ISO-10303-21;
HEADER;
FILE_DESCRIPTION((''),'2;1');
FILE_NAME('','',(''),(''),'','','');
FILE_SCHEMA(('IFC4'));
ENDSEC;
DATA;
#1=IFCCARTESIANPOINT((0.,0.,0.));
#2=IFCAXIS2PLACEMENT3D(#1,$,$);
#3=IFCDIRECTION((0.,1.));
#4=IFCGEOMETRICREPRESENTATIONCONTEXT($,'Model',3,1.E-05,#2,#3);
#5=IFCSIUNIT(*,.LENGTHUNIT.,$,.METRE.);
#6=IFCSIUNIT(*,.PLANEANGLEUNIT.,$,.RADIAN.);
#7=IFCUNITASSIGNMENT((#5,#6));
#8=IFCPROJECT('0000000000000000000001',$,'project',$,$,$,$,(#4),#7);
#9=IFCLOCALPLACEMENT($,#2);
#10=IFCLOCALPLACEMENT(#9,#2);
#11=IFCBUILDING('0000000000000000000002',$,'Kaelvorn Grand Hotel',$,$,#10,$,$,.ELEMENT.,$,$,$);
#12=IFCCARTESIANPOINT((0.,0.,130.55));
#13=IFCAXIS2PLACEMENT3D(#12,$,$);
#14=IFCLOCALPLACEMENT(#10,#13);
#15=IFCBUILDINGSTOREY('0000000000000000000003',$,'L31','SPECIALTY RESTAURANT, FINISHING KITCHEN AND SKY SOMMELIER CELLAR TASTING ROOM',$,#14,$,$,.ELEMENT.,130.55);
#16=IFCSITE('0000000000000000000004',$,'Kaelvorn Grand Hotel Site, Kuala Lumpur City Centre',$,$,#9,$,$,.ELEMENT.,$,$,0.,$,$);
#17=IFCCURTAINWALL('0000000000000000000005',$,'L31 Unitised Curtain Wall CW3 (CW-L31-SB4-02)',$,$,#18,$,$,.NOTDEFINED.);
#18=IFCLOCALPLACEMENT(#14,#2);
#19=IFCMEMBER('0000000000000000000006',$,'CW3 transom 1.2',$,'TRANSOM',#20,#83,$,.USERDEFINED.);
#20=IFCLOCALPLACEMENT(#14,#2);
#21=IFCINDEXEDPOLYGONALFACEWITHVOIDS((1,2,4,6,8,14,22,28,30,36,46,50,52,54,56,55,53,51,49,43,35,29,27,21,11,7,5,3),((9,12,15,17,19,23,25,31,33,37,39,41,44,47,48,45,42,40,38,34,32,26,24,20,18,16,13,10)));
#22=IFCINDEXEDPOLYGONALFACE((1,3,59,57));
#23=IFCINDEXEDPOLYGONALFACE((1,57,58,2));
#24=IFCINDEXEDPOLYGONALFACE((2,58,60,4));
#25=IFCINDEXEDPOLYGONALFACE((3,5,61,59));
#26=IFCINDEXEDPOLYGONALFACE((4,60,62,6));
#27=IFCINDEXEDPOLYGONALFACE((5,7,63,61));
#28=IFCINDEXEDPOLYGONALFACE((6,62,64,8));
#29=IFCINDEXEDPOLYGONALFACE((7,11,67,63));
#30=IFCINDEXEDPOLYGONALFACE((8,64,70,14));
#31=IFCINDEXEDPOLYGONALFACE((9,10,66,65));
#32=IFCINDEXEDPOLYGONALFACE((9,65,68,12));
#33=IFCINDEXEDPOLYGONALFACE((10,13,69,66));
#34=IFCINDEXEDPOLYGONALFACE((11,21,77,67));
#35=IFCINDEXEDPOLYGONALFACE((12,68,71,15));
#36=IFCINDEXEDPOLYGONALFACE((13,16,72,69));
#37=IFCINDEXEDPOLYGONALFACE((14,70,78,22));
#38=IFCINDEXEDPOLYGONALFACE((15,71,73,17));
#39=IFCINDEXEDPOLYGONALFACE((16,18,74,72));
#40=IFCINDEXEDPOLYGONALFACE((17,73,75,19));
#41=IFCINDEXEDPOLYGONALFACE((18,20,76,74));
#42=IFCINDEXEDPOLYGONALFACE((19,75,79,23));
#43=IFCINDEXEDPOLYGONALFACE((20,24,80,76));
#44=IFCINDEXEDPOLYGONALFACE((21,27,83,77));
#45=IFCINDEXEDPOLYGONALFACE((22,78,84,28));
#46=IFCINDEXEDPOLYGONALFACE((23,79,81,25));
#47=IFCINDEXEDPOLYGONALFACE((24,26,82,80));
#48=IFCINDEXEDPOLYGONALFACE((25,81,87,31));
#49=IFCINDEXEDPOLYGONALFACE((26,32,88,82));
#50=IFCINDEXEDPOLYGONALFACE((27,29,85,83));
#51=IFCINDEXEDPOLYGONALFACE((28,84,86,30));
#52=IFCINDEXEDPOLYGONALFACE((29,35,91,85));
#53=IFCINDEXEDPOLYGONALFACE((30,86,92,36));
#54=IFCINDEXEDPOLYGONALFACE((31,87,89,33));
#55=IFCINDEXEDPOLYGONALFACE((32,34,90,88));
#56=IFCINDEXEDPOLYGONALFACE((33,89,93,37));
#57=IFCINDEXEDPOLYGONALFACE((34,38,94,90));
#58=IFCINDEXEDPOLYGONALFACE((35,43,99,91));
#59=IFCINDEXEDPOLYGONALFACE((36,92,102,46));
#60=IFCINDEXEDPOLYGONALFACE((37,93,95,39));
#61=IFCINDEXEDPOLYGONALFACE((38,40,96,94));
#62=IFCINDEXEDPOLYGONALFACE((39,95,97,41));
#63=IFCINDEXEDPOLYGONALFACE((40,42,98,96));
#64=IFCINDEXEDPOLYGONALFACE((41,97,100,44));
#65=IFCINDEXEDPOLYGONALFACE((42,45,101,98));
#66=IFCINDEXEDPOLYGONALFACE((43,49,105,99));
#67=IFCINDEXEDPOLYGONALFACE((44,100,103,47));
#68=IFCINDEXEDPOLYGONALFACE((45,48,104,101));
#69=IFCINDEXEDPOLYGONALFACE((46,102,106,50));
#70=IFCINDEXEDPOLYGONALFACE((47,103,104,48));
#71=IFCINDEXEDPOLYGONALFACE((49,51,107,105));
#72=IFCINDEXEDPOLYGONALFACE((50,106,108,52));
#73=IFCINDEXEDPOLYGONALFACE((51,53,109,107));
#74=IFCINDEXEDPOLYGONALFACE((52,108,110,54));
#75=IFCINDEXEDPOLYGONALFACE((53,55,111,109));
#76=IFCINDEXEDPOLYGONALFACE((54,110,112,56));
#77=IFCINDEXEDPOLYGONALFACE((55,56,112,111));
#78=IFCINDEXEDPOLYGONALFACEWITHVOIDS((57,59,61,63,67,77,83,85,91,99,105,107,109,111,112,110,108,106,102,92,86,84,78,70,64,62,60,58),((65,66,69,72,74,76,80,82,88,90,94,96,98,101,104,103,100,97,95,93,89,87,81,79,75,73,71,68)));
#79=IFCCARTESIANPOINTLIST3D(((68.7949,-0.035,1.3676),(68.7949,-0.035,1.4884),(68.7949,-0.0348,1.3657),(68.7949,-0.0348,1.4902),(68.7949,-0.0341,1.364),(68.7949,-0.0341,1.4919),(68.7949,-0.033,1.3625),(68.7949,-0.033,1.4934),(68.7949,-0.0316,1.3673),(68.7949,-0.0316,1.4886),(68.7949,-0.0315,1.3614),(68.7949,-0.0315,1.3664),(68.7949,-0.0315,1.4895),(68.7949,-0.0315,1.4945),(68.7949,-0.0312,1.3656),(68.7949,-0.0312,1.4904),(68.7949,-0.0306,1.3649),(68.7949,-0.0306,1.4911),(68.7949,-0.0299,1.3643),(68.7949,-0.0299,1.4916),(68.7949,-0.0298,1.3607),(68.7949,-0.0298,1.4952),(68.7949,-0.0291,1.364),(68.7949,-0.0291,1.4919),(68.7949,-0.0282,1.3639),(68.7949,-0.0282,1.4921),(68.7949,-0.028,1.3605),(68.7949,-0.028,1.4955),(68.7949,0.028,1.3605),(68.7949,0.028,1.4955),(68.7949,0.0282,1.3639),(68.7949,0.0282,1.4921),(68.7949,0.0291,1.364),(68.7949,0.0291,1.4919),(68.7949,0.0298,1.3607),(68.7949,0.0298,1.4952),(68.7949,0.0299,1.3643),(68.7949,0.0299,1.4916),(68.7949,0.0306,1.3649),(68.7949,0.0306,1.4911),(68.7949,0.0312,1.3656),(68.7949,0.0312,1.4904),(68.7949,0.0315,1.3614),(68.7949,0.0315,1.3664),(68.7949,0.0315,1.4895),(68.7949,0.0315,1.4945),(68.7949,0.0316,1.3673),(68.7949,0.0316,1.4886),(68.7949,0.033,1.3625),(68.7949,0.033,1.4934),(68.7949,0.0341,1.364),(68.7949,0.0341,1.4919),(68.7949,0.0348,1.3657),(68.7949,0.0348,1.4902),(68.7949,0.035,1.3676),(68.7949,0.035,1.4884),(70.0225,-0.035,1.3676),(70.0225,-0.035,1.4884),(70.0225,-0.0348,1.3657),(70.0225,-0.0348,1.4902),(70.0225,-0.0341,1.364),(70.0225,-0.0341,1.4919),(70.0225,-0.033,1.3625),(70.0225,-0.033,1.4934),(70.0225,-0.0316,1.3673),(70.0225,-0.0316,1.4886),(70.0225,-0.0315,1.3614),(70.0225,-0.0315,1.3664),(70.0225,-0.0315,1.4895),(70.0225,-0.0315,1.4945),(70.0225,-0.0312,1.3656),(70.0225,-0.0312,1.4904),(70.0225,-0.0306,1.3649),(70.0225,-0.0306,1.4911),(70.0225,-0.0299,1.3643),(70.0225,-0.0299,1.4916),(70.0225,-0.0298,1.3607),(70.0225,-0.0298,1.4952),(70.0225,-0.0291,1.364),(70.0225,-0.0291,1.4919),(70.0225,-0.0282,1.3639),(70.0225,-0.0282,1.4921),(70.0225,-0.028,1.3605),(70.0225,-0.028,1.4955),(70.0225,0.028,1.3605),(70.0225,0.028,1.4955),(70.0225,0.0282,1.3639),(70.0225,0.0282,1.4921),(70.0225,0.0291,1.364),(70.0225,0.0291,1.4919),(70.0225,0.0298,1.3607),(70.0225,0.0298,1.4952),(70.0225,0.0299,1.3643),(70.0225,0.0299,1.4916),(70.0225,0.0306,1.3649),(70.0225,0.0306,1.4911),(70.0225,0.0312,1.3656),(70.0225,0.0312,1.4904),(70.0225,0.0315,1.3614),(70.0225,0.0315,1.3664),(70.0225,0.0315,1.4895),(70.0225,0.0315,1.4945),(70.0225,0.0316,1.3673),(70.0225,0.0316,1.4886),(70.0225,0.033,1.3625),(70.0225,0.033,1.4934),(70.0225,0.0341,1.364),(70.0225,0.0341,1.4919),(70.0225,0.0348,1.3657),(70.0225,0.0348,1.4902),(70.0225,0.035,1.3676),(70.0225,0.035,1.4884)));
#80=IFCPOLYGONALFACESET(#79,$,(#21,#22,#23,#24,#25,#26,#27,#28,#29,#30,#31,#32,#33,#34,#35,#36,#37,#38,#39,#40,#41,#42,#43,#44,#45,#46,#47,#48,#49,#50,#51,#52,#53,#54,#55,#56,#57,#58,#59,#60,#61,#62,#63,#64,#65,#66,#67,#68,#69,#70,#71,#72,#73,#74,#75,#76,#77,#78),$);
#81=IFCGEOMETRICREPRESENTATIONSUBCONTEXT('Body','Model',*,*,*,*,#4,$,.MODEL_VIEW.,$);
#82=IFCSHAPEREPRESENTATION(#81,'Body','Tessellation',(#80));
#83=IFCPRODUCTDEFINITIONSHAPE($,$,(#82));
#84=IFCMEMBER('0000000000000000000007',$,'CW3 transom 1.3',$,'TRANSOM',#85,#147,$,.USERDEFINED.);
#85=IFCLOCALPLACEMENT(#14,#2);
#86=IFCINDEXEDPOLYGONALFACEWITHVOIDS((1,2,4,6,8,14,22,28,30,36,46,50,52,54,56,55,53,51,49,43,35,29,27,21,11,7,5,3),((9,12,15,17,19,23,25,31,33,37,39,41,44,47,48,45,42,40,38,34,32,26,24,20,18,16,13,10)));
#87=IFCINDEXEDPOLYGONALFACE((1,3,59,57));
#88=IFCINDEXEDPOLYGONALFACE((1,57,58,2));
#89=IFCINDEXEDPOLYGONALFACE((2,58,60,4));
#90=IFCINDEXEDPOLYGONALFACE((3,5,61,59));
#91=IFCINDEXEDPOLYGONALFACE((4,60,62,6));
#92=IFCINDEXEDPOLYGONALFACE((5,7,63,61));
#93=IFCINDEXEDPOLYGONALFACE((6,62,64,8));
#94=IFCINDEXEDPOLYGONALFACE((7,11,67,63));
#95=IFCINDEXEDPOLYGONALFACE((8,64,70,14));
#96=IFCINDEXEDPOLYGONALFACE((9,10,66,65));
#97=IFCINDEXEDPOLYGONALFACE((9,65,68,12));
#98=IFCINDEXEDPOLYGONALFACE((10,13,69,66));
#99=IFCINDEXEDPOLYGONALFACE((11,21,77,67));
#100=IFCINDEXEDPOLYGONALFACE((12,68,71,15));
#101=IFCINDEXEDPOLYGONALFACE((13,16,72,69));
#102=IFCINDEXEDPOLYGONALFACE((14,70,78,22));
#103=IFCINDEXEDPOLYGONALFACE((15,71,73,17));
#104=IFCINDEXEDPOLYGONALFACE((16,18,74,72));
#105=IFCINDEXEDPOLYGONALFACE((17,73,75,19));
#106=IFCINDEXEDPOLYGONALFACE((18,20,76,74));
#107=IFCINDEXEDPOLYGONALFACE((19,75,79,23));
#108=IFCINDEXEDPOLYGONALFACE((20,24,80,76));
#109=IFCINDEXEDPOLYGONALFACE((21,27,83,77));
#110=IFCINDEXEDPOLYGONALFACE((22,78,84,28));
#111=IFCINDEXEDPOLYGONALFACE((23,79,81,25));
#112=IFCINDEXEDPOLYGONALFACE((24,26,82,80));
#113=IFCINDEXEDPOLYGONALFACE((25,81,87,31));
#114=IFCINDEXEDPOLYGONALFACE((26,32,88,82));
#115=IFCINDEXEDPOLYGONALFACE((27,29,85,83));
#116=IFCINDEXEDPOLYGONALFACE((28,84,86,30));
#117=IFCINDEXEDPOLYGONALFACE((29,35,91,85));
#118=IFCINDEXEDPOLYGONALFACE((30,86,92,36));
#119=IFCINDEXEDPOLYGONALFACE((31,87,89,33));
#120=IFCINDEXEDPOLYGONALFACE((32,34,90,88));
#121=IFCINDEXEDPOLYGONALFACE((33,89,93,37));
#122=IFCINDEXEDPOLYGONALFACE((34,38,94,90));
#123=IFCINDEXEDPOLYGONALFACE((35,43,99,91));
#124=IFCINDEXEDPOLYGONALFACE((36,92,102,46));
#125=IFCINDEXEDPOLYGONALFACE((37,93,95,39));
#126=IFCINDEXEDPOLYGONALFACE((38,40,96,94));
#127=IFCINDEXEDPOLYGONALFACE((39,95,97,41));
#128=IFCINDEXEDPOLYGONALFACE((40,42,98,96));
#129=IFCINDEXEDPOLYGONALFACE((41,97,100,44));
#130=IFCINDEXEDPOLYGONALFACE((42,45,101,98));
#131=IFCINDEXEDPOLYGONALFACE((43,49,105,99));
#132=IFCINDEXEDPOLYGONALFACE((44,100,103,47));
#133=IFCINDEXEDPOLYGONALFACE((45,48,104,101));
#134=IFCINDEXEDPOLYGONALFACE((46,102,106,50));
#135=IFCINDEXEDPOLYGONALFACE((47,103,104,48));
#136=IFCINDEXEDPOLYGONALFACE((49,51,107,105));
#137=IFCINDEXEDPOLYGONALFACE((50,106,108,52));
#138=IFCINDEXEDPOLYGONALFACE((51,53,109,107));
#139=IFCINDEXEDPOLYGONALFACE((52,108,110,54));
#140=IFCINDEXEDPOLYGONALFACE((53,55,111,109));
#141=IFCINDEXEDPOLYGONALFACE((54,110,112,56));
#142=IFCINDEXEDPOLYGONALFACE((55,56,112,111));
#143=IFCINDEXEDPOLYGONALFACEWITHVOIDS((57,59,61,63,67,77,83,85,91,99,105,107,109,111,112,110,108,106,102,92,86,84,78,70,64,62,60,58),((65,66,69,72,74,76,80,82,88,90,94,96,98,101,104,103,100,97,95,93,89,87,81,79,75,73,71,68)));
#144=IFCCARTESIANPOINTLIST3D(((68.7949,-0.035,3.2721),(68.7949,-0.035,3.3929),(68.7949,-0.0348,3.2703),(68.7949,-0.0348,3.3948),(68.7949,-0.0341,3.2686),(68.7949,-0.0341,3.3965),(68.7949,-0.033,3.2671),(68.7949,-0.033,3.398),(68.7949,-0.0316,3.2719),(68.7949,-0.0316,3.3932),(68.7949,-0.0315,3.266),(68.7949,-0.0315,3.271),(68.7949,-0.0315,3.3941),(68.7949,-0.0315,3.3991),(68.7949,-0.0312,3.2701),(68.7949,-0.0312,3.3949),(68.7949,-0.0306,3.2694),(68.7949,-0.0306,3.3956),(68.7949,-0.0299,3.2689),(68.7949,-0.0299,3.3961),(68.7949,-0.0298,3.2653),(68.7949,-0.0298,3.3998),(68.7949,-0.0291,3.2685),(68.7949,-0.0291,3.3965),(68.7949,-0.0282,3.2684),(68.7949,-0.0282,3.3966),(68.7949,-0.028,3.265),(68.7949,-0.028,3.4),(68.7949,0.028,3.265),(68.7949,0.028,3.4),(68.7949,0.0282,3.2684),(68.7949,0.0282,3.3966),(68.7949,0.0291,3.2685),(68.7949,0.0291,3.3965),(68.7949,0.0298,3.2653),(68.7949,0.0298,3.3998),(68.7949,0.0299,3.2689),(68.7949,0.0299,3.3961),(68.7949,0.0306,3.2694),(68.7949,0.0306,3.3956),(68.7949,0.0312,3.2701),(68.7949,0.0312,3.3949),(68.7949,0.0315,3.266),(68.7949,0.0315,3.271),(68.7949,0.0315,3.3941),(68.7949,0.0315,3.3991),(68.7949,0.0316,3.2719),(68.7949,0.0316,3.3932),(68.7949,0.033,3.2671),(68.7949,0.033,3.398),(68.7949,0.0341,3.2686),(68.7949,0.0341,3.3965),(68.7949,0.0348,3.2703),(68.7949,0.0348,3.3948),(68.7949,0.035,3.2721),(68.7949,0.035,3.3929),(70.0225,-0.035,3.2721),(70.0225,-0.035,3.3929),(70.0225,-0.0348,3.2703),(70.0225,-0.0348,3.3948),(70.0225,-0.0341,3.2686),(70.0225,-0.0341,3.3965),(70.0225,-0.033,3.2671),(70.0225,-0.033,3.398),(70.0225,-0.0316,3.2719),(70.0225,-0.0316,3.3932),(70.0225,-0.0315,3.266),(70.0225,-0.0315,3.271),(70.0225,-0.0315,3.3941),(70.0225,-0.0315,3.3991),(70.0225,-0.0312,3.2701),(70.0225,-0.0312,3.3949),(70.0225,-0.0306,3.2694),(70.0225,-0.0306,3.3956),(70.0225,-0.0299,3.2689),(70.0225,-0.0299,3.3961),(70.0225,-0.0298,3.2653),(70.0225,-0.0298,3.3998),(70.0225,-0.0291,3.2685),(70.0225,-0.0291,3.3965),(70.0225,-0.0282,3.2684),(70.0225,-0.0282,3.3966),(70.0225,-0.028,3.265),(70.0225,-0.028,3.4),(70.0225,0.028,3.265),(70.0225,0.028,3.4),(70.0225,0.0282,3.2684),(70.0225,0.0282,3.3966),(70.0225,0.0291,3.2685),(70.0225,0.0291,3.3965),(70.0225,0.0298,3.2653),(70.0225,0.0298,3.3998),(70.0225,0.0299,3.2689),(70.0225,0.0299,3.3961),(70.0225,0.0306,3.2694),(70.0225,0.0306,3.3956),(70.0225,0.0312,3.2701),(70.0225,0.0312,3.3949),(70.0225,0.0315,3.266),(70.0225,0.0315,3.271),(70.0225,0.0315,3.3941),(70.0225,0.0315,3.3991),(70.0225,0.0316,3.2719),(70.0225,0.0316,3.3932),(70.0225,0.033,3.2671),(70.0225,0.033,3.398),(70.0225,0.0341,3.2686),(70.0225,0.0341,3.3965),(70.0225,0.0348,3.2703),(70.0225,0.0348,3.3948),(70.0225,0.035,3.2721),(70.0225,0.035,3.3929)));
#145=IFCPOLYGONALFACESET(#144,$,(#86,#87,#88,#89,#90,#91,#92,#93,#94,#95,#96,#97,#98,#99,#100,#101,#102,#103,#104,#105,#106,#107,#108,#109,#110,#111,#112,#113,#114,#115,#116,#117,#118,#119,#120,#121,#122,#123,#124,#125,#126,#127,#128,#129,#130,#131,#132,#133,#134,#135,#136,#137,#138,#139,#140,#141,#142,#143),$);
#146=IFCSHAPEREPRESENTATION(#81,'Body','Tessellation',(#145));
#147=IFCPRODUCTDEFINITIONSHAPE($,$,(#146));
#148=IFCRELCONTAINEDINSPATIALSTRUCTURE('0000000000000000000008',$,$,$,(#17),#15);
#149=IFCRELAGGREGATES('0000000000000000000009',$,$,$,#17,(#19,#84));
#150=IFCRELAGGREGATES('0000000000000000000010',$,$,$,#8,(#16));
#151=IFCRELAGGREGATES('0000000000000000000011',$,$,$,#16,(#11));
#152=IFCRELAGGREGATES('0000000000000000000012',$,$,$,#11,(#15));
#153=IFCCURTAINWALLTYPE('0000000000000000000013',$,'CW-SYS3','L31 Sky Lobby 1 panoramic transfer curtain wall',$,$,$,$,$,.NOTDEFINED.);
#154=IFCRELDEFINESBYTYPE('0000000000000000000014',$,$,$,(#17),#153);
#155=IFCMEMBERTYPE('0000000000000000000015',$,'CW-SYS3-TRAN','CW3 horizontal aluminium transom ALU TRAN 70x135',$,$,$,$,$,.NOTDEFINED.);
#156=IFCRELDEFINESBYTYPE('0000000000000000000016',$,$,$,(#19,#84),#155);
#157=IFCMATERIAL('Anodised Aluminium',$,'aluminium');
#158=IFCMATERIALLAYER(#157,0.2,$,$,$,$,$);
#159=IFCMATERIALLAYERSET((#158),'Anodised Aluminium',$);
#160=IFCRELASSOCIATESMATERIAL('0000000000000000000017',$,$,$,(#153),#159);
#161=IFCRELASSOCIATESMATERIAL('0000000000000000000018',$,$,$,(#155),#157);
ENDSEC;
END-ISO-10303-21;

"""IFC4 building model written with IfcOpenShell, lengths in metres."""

from ifc_helpers import new_model, si_unit, direction, frame, origin, origin_2d, place, context, subcontext, project, spatial, hollow_rectangle, extrude, material, layer, layer_set, material_profile, profile_set, type_object, element, aggregate, save


model = new_model("IFC4")

# Units and contexts
model_context = context("Model", 3, precision=1e-05, world=origin(), true_north=direction((0.0, 1.0)))
body_context = subcontext(model_context, "Body", "Model", "MODEL_VIEW")
ifc_project = project(units=[si_unit("LENGTHUNIT", "METRE"), si_unit("PLANEANGLEUNIT", "RADIAN")], contexts=[model_context])

# Site, building, storey
site_placement = place(None, origin())
site = spatial("IfcSite", under=ifc_project, at=site_placement, Name="Kaelvorn Grand Hotel Site, Kuala Lumpur City Centre", CompositionType="ELEMENT", RefElevation=0.0)
building_placement = place(site_placement, origin())
building = spatial("IfcBuilding", under=site, at=building_placement, Name="Kaelvorn Grand Hotel", CompositionType="ELEMENT")
storey_placement = place(building_placement, frame((0.0, 0.0, 130.55)))
storey = spatial("IfcBuildingStorey", under=building, at=storey_placement, Name="L31", Description="SPECIALTY RESTAURANT, FINISHING KITCHEN AND SKY SOMMELIER CELLAR TASTING ROOM", CompositionType="ELEMENT", Elevation=130.55)

# Curtain wall, members
ifc_material_1 = material(Name="Anodised Aluminium", Category="aluminium")
ifc_layer_1 = layer(ifc_material_1, 0.2)
ifc_layer_set_1 = layer_set([ifc_layer_1], Name="Anodised Aluminium")
curtain_wall_type = type_object("IfcCurtainWallType", Name="CW-SYS3", Description="L31 Sky Lobby 1 panoramic transfer curtain wall", PredefinedType="NOTDEFINED", material=ifc_layer_set_1)
curtain_wall_placement = place(storey_placement, origin())
curtain_wall = element("IfcCurtainWall", 1, at=curtain_wall_placement, inside=storey, type_object=curtain_wall_type, Name="L31 Unitised Curtain Wall CW3 (CW-L31-SB4-02)", PredefinedType="NOTDEFINED")
ifc_material_profile_1 = material_profile(ifc_material_1, hollow_rectangle(XDim=0.0701, YDim=0.135, WallThickness=0.0034, InnerFilletRadius=0.0034, OuterFilletRadius=0.0071, at=origin_2d()), Name="ALU TRAN 70x135")
ifc_profile_set_1 = profile_set([ifc_material_profile_1], Name="Anodised Aluminium")
member_type_1 = type_object("IfcMemberType", Name="CW-SYS3-TRAN", Description="CW3 horizontal aluminium transom ALU TRAN 70x135", PredefinedType="NOTDEFINED", material=ifc_profile_set_1)
member_1_placement = place(storey_placement, frame((68.7949, 0.0, 1.428), z_axis=(1.0, 0.0, 0.0), x_axis=(0.0, 1.0, 0.0)))
member_1 = element("IfcMember", 2, at=member_1_placement, type_object=member_type_1, Name="CW3 transom 1.2", ObjectType="TRANSOM", PredefinedType="USERDEFINED", context=body_context, shape_type="SweptSolid", body=[
    extrude(hollow_rectangle(XDim=0.0701, YDim=0.135, WallThickness=0.0034, InnerFilletRadius=0.0034, OuterFilletRadius=0.0071, at=origin_2d()), origin(), (0.0, 0.0, 1.0), 1.2275),
])
member_2_placement = place(storey_placement, frame((68.7949, 0.0, 3.3325), z_axis=(1.0, 0.0, 0.0), x_axis=(0.0, 1.0, 0.0)))
member_2 = element("IfcMember", 3, at=member_2_placement, type_object=member_type_1, Name="CW3 transom 1.3", ObjectType="TRANSOM", PredefinedType="USERDEFINED", context=body_context, shape_type="SweptSolid", body=[
    extrude(hollow_rectangle(XDim=0.0701, YDim=0.135, WallThickness=0.0034, InnerFilletRadius=0.0034, OuterFilletRadius=0.0071, at=origin_2d()), origin(), (0.0, 0.0, 1.0), 1.2275),
])
aggregate(curtain_wall, [member_1, member_2])

save(model, "model.ifc")
